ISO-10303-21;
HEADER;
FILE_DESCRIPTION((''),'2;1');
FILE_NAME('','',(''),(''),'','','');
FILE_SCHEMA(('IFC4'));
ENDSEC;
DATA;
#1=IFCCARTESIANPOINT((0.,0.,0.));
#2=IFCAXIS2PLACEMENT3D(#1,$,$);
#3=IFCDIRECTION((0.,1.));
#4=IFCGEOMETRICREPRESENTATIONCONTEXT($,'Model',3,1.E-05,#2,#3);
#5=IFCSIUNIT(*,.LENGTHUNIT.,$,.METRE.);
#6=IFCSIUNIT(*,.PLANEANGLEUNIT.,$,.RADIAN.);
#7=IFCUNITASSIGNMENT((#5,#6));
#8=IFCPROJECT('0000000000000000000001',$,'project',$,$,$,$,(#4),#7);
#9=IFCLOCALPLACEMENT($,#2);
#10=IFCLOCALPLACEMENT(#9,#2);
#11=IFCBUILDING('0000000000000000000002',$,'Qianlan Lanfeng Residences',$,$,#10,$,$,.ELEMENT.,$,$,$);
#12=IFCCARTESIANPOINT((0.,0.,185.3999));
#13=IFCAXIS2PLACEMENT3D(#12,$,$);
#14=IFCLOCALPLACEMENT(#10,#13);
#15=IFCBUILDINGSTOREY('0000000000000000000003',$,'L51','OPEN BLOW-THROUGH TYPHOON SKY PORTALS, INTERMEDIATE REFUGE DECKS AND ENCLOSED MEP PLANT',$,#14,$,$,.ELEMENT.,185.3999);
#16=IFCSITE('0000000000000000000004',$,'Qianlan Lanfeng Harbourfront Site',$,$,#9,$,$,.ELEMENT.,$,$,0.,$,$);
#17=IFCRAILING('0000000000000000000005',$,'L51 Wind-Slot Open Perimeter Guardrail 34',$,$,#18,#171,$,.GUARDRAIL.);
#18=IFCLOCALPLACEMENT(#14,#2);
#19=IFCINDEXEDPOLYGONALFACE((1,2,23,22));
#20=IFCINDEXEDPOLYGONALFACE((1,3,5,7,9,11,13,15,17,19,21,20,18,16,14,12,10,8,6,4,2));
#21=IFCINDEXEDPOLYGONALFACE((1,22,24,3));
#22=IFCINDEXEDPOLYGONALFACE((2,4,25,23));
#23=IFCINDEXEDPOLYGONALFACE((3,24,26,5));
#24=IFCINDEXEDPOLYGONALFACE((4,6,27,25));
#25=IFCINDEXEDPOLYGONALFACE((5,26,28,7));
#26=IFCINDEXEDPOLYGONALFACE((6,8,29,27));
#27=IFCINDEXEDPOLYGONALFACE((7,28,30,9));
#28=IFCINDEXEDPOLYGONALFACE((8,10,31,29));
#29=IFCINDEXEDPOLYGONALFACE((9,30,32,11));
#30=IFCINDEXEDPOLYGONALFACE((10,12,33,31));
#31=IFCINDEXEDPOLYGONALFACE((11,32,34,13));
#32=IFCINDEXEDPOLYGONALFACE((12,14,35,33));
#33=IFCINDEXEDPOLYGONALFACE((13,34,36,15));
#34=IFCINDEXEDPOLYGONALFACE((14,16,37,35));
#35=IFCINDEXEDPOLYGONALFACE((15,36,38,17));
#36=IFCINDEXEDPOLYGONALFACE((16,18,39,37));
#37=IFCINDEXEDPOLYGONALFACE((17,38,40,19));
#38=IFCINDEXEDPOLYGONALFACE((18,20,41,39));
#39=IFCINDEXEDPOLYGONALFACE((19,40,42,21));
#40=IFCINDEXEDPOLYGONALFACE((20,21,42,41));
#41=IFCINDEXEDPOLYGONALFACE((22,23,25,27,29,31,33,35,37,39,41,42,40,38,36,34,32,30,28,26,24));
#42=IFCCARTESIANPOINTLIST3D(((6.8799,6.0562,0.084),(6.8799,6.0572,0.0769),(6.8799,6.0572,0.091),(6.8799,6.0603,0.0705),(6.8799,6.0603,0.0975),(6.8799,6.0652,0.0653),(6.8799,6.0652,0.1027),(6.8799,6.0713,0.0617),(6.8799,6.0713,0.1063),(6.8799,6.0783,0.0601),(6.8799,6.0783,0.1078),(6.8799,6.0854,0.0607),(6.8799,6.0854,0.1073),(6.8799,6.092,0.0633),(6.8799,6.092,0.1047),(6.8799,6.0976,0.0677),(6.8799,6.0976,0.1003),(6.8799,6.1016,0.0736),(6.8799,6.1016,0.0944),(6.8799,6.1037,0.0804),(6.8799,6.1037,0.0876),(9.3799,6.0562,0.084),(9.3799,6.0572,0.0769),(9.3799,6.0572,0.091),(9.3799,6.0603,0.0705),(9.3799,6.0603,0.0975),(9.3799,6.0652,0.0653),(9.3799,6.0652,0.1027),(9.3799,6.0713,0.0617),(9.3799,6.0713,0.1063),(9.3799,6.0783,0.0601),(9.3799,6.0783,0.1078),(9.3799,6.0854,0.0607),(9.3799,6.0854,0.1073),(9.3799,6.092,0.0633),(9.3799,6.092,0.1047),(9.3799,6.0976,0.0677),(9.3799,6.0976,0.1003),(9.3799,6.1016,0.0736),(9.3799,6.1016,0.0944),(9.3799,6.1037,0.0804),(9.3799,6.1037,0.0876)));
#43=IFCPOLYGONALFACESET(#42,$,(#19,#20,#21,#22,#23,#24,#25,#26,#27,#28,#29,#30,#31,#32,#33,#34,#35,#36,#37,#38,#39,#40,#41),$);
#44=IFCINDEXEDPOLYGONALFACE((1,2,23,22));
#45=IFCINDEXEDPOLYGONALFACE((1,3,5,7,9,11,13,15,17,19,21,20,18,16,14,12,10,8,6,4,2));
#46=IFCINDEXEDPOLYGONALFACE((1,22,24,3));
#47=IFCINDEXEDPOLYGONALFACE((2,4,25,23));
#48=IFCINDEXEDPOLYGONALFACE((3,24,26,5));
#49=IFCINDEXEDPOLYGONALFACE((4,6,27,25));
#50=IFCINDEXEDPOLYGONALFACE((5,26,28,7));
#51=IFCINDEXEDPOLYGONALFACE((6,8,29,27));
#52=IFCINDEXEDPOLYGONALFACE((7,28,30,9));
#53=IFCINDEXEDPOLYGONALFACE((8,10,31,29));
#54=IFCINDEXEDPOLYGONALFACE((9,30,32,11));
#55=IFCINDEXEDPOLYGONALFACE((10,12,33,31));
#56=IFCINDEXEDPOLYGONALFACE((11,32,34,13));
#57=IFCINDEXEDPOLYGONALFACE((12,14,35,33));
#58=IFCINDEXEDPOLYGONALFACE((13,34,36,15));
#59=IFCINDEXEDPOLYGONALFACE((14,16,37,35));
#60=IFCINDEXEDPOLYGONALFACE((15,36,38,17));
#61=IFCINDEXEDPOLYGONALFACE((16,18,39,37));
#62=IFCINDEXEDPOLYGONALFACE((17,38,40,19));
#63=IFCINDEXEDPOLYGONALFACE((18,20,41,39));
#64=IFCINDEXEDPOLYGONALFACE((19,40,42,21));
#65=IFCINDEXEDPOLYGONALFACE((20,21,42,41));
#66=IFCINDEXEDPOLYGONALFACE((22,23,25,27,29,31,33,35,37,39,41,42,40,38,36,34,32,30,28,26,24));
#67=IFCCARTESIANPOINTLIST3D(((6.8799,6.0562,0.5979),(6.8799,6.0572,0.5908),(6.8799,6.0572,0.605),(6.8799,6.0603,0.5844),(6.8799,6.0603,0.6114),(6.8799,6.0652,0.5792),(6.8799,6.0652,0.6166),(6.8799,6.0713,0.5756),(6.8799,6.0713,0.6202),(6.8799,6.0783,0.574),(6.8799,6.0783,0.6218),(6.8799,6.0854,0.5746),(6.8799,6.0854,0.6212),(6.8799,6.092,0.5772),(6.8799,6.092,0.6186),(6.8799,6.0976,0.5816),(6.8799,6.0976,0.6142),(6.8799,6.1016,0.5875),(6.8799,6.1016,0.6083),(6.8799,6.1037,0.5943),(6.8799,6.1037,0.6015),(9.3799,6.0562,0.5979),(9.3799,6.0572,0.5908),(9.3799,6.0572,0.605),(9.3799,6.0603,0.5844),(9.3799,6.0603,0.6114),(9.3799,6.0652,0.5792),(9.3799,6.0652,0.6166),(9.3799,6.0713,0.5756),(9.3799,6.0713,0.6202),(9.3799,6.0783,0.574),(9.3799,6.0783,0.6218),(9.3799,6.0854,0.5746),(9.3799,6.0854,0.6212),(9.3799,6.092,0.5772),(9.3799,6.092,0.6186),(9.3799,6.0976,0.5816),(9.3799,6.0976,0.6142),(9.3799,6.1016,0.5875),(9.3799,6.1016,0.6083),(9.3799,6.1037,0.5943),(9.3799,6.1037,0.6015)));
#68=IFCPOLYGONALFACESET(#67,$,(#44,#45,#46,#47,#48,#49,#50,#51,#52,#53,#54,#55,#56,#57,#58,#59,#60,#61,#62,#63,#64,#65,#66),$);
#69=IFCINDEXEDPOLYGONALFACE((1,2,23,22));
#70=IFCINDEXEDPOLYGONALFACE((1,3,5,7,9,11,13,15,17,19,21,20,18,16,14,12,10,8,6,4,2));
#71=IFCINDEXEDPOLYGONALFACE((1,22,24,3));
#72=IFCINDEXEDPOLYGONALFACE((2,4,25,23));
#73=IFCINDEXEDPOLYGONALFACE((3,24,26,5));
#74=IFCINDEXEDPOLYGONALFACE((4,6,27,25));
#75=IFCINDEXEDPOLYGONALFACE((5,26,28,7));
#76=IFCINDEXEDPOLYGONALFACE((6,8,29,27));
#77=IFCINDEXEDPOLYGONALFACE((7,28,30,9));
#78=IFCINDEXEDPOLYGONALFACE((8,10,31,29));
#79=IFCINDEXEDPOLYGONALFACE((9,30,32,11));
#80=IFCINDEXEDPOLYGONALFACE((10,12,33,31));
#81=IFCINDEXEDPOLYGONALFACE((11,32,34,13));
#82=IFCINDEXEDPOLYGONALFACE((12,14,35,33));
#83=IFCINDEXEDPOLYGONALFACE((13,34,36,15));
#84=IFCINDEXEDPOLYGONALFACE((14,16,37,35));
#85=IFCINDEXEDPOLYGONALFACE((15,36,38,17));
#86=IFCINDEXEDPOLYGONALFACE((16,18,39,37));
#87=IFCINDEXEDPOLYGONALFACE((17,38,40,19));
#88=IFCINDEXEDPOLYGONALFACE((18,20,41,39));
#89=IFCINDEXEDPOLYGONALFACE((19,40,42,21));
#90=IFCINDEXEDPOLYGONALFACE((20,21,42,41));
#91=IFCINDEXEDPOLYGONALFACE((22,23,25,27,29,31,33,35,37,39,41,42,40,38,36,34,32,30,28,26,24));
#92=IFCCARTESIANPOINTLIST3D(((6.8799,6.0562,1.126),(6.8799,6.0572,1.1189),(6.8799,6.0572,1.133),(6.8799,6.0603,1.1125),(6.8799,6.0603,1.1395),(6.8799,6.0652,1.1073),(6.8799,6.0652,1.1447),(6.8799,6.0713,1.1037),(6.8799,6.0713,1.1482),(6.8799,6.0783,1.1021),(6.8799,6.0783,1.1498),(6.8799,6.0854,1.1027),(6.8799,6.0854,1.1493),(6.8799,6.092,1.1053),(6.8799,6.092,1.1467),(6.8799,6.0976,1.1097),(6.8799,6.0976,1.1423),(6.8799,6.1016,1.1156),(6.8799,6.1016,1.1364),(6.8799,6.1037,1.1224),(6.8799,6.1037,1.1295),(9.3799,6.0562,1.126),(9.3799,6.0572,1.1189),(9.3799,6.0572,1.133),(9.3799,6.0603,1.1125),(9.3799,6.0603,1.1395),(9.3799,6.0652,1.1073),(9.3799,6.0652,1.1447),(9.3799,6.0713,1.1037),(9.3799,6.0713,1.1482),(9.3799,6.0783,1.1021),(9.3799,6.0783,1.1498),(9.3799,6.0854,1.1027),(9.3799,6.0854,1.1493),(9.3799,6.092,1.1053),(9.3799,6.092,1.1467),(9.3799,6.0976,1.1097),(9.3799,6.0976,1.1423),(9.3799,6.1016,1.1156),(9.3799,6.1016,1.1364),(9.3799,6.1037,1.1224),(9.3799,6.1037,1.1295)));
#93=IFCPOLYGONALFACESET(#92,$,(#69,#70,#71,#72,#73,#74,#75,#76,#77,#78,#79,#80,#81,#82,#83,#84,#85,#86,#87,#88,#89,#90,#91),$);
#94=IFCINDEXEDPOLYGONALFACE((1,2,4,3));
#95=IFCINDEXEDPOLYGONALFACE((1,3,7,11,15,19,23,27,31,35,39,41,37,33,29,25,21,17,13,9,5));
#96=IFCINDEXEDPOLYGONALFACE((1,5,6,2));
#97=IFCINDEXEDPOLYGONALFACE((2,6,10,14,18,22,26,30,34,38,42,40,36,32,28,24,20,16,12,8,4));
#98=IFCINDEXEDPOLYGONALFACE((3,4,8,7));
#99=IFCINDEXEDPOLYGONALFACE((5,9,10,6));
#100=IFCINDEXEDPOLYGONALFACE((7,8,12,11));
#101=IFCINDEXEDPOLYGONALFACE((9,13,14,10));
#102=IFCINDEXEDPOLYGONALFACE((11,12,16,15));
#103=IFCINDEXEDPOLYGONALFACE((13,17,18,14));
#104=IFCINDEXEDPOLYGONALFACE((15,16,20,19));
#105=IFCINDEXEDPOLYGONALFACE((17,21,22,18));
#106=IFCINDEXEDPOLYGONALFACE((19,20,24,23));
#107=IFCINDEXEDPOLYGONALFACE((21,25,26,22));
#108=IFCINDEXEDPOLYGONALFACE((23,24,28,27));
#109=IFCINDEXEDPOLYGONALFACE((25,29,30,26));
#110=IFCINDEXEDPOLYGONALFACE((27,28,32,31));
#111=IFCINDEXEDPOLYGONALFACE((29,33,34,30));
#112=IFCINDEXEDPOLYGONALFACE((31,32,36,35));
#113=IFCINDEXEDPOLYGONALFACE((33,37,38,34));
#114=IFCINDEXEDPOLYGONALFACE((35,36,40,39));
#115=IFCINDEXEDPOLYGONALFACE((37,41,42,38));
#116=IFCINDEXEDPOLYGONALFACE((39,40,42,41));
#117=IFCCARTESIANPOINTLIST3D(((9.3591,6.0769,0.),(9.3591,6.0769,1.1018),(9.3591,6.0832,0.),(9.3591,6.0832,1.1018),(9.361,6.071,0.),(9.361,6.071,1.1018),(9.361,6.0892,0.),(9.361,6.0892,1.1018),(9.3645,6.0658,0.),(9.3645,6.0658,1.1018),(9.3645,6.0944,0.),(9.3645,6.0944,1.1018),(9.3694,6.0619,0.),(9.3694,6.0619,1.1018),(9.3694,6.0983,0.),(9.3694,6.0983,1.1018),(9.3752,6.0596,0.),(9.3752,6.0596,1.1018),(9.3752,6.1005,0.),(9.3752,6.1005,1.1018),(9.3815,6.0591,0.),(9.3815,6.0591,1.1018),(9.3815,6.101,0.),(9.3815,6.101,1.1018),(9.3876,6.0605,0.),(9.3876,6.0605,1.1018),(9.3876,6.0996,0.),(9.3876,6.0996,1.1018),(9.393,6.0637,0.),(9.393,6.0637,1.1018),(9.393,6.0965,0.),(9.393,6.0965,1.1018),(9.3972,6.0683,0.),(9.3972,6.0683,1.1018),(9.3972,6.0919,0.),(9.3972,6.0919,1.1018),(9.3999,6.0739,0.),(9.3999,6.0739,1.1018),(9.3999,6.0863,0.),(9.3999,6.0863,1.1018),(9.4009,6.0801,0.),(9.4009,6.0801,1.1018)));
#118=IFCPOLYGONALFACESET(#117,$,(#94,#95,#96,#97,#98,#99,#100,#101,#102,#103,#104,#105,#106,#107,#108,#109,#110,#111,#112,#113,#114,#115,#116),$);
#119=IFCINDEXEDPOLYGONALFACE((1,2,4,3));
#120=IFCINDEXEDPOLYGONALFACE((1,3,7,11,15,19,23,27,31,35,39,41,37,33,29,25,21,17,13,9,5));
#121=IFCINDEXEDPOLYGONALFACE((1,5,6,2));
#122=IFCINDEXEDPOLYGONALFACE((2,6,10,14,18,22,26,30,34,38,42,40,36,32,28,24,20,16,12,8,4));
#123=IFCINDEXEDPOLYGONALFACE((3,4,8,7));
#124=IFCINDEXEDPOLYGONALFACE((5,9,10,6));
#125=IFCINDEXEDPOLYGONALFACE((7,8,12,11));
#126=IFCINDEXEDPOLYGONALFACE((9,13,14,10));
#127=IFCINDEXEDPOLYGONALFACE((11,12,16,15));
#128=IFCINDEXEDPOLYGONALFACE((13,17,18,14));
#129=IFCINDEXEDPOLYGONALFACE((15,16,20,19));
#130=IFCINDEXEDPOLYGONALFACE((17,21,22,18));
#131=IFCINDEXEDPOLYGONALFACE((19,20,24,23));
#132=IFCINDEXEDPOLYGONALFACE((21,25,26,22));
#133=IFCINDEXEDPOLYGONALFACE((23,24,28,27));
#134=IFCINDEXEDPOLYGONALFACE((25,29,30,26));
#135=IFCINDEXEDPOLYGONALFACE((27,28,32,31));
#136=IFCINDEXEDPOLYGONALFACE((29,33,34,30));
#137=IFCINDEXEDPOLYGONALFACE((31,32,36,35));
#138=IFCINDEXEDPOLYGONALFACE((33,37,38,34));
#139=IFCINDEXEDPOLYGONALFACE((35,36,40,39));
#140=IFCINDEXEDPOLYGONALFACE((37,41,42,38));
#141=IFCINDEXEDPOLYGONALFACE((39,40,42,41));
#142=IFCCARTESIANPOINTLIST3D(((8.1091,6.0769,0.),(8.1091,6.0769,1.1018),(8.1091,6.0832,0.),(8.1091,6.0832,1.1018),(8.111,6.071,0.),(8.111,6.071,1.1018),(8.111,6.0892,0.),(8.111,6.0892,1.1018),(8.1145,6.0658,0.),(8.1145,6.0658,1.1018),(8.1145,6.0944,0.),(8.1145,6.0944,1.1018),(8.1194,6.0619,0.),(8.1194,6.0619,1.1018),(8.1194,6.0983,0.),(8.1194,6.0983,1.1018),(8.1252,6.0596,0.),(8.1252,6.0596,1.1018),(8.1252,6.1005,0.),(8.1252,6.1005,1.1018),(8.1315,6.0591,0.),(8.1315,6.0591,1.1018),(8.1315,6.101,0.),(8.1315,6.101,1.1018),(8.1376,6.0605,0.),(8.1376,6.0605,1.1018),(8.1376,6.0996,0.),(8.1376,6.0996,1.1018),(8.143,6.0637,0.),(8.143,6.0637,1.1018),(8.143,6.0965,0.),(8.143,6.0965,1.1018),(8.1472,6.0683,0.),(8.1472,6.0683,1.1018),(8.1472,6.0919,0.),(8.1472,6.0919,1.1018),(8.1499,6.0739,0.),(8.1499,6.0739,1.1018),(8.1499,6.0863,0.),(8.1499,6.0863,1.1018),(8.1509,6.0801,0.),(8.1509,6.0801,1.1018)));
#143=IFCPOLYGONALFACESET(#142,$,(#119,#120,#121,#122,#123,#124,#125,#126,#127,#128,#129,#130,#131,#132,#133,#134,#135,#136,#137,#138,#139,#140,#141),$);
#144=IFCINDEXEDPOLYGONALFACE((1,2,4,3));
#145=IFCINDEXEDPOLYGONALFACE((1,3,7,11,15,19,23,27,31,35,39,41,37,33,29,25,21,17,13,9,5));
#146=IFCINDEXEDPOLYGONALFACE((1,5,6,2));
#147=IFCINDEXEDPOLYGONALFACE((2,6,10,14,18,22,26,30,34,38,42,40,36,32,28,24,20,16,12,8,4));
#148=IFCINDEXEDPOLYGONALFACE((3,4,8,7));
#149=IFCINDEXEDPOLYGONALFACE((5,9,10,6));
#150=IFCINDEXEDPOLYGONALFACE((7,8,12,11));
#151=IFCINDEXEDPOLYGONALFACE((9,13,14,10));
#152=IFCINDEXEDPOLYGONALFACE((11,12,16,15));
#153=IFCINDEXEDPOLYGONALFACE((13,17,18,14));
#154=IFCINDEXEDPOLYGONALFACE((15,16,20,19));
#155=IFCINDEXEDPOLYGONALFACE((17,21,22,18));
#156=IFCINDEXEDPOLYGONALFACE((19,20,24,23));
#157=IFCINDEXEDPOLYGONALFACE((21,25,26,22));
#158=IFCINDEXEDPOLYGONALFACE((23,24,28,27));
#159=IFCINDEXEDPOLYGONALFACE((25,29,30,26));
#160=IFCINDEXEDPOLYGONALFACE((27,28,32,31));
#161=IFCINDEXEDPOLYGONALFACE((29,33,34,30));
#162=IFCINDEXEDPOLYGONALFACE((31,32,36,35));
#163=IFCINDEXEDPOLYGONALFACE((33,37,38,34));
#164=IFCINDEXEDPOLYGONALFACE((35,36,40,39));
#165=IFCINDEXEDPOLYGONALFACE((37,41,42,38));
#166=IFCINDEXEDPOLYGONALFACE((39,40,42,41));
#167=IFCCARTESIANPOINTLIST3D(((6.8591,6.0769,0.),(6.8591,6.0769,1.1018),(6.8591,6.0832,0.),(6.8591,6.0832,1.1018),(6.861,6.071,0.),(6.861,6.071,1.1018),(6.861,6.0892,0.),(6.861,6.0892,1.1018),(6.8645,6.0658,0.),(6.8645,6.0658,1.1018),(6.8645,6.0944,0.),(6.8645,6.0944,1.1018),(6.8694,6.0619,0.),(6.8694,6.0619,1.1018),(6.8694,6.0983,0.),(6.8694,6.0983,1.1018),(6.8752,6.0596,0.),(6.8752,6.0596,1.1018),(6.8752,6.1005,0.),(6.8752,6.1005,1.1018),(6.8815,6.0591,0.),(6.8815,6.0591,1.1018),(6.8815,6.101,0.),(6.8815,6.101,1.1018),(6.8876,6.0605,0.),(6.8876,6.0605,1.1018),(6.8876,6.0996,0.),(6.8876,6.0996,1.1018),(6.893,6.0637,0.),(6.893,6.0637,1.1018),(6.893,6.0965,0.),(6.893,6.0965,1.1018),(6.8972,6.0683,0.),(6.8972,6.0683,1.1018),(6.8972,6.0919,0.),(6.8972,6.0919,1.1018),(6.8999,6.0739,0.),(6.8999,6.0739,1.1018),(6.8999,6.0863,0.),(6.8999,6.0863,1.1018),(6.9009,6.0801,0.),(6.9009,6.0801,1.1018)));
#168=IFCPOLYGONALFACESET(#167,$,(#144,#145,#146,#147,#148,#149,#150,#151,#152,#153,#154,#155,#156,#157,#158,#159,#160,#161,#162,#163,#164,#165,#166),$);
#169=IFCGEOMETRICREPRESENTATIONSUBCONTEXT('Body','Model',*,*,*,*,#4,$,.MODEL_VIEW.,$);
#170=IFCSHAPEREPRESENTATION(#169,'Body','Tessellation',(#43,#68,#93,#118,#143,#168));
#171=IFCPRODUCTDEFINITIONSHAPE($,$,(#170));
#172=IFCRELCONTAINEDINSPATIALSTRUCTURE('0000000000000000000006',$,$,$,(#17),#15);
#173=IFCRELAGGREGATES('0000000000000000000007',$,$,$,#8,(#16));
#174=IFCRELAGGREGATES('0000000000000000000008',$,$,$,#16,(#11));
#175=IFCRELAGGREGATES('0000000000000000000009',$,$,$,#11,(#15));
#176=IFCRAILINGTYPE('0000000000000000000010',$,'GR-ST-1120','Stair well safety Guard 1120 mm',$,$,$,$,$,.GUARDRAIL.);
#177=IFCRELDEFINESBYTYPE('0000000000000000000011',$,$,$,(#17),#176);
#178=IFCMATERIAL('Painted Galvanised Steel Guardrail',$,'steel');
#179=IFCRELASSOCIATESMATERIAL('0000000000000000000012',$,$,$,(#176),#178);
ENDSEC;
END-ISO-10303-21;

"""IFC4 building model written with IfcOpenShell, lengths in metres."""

from ifc_helpers import new_model, si_unit, direction, frame, origin, origin_2d, place, context, subcontext, project, spatial, circle, extrude, material, type_object, element, save


model = new_model("IFC4")

# Units and contexts
model_context = context("Model", 3, precision=1e-05, world=origin(), true_north=direction((0.0, 1.0)))
body_context = subcontext(model_context, "Body", "Model", "MODEL_VIEW")
ifc_project = project(units=[si_unit("LENGTHUNIT", "METRE"), si_unit("PLANEANGLEUNIT", "RADIAN")], contexts=[model_context])

# Site, building, storey
site_placement = place(None, origin())
site = spatial("IfcSite", under=ifc_project, at=site_placement, Name="Qianlan Lanfeng Harbourfront Site", CompositionType="ELEMENT", RefElevation=0.0)
building_placement = place(site_placement, origin())
building = spatial("IfcBuilding", under=site, at=building_placement, Name="Qianlan Lanfeng Residences", CompositionType="ELEMENT")
storey_placement = place(building_placement, frame((0.0, 0.0, 185.3999)))
storey = spatial("IfcBuildingStorey", under=building, at=storey_placement, Name="L51", Description="OPEN BLOW-THROUGH TYPHOON SKY PORTALS, INTERMEDIATE REFUGE DECKS AND ENCLOSED MEP PLANT", CompositionType="ELEMENT", Elevation=185.3999)

# Railing
ifc_material_1 = material(Name="Painted Galvanised Steel Guardrail", Category="steel")
railing_type = type_object("IfcRailingType", Name="GR-ST-1120", Description="Stair well safety Guard 1120 mm", PredefinedType="GUARDRAIL", material=ifc_material_1)
railing_1_placement = place(storey_placement, frame((9.3799, 6.0801, 0.0)))
element("IfcRailing", 1, at=railing_1_placement, inside=storey, type_object=railing_type, Name="L51 Wind-Slot Open Perimeter Guardrail 34", PredefinedType="GUARDRAIL", context=body_context, shape_type="SweptSolid", body=[
    extrude(circle(Radius=0.0239, at=origin_2d()), frame((0.0, 0.0, 0.084), z_axis=(-1.0, 0.0, 0.0), x_axis=(0.0, -1.0, 0.0)), (0.0, 0.0, 1.0), 2.5),
    extrude(circle(Radius=0.0239, at=origin_2d()), frame((0.0, 0.0, 0.5979), z_axis=(-1.0, 0.0, 0.0), x_axis=(0.0, -1.0, 0.0)), (0.0, 0.0, 1.0), 2.5),
    extrude(circle(Radius=0.0239, at=origin_2d()), frame((0.0, 0.0, 1.126), z_axis=(-1.0, 0.0, 0.0), x_axis=(0.0, -1.0, 0.0)), (0.0, 0.0, 1.0), 2.5),
    extrude(circle(Radius=0.021, at=origin_2d()), origin(), (0.0, 0.0, 1.0), 1.1018),
    extrude(circle(Radius=0.021, at=origin_2d()), frame((-1.25, 0.0, 0.0)), (0.0, 0.0, 1.0), 1.1018),
    extrude(circle(Radius=0.021, at=origin_2d()), frame((-2.5, 0.0, 0.0)), (0.0, 0.0, 1.0), 1.1018),
])

save(model, "model.ifc")
